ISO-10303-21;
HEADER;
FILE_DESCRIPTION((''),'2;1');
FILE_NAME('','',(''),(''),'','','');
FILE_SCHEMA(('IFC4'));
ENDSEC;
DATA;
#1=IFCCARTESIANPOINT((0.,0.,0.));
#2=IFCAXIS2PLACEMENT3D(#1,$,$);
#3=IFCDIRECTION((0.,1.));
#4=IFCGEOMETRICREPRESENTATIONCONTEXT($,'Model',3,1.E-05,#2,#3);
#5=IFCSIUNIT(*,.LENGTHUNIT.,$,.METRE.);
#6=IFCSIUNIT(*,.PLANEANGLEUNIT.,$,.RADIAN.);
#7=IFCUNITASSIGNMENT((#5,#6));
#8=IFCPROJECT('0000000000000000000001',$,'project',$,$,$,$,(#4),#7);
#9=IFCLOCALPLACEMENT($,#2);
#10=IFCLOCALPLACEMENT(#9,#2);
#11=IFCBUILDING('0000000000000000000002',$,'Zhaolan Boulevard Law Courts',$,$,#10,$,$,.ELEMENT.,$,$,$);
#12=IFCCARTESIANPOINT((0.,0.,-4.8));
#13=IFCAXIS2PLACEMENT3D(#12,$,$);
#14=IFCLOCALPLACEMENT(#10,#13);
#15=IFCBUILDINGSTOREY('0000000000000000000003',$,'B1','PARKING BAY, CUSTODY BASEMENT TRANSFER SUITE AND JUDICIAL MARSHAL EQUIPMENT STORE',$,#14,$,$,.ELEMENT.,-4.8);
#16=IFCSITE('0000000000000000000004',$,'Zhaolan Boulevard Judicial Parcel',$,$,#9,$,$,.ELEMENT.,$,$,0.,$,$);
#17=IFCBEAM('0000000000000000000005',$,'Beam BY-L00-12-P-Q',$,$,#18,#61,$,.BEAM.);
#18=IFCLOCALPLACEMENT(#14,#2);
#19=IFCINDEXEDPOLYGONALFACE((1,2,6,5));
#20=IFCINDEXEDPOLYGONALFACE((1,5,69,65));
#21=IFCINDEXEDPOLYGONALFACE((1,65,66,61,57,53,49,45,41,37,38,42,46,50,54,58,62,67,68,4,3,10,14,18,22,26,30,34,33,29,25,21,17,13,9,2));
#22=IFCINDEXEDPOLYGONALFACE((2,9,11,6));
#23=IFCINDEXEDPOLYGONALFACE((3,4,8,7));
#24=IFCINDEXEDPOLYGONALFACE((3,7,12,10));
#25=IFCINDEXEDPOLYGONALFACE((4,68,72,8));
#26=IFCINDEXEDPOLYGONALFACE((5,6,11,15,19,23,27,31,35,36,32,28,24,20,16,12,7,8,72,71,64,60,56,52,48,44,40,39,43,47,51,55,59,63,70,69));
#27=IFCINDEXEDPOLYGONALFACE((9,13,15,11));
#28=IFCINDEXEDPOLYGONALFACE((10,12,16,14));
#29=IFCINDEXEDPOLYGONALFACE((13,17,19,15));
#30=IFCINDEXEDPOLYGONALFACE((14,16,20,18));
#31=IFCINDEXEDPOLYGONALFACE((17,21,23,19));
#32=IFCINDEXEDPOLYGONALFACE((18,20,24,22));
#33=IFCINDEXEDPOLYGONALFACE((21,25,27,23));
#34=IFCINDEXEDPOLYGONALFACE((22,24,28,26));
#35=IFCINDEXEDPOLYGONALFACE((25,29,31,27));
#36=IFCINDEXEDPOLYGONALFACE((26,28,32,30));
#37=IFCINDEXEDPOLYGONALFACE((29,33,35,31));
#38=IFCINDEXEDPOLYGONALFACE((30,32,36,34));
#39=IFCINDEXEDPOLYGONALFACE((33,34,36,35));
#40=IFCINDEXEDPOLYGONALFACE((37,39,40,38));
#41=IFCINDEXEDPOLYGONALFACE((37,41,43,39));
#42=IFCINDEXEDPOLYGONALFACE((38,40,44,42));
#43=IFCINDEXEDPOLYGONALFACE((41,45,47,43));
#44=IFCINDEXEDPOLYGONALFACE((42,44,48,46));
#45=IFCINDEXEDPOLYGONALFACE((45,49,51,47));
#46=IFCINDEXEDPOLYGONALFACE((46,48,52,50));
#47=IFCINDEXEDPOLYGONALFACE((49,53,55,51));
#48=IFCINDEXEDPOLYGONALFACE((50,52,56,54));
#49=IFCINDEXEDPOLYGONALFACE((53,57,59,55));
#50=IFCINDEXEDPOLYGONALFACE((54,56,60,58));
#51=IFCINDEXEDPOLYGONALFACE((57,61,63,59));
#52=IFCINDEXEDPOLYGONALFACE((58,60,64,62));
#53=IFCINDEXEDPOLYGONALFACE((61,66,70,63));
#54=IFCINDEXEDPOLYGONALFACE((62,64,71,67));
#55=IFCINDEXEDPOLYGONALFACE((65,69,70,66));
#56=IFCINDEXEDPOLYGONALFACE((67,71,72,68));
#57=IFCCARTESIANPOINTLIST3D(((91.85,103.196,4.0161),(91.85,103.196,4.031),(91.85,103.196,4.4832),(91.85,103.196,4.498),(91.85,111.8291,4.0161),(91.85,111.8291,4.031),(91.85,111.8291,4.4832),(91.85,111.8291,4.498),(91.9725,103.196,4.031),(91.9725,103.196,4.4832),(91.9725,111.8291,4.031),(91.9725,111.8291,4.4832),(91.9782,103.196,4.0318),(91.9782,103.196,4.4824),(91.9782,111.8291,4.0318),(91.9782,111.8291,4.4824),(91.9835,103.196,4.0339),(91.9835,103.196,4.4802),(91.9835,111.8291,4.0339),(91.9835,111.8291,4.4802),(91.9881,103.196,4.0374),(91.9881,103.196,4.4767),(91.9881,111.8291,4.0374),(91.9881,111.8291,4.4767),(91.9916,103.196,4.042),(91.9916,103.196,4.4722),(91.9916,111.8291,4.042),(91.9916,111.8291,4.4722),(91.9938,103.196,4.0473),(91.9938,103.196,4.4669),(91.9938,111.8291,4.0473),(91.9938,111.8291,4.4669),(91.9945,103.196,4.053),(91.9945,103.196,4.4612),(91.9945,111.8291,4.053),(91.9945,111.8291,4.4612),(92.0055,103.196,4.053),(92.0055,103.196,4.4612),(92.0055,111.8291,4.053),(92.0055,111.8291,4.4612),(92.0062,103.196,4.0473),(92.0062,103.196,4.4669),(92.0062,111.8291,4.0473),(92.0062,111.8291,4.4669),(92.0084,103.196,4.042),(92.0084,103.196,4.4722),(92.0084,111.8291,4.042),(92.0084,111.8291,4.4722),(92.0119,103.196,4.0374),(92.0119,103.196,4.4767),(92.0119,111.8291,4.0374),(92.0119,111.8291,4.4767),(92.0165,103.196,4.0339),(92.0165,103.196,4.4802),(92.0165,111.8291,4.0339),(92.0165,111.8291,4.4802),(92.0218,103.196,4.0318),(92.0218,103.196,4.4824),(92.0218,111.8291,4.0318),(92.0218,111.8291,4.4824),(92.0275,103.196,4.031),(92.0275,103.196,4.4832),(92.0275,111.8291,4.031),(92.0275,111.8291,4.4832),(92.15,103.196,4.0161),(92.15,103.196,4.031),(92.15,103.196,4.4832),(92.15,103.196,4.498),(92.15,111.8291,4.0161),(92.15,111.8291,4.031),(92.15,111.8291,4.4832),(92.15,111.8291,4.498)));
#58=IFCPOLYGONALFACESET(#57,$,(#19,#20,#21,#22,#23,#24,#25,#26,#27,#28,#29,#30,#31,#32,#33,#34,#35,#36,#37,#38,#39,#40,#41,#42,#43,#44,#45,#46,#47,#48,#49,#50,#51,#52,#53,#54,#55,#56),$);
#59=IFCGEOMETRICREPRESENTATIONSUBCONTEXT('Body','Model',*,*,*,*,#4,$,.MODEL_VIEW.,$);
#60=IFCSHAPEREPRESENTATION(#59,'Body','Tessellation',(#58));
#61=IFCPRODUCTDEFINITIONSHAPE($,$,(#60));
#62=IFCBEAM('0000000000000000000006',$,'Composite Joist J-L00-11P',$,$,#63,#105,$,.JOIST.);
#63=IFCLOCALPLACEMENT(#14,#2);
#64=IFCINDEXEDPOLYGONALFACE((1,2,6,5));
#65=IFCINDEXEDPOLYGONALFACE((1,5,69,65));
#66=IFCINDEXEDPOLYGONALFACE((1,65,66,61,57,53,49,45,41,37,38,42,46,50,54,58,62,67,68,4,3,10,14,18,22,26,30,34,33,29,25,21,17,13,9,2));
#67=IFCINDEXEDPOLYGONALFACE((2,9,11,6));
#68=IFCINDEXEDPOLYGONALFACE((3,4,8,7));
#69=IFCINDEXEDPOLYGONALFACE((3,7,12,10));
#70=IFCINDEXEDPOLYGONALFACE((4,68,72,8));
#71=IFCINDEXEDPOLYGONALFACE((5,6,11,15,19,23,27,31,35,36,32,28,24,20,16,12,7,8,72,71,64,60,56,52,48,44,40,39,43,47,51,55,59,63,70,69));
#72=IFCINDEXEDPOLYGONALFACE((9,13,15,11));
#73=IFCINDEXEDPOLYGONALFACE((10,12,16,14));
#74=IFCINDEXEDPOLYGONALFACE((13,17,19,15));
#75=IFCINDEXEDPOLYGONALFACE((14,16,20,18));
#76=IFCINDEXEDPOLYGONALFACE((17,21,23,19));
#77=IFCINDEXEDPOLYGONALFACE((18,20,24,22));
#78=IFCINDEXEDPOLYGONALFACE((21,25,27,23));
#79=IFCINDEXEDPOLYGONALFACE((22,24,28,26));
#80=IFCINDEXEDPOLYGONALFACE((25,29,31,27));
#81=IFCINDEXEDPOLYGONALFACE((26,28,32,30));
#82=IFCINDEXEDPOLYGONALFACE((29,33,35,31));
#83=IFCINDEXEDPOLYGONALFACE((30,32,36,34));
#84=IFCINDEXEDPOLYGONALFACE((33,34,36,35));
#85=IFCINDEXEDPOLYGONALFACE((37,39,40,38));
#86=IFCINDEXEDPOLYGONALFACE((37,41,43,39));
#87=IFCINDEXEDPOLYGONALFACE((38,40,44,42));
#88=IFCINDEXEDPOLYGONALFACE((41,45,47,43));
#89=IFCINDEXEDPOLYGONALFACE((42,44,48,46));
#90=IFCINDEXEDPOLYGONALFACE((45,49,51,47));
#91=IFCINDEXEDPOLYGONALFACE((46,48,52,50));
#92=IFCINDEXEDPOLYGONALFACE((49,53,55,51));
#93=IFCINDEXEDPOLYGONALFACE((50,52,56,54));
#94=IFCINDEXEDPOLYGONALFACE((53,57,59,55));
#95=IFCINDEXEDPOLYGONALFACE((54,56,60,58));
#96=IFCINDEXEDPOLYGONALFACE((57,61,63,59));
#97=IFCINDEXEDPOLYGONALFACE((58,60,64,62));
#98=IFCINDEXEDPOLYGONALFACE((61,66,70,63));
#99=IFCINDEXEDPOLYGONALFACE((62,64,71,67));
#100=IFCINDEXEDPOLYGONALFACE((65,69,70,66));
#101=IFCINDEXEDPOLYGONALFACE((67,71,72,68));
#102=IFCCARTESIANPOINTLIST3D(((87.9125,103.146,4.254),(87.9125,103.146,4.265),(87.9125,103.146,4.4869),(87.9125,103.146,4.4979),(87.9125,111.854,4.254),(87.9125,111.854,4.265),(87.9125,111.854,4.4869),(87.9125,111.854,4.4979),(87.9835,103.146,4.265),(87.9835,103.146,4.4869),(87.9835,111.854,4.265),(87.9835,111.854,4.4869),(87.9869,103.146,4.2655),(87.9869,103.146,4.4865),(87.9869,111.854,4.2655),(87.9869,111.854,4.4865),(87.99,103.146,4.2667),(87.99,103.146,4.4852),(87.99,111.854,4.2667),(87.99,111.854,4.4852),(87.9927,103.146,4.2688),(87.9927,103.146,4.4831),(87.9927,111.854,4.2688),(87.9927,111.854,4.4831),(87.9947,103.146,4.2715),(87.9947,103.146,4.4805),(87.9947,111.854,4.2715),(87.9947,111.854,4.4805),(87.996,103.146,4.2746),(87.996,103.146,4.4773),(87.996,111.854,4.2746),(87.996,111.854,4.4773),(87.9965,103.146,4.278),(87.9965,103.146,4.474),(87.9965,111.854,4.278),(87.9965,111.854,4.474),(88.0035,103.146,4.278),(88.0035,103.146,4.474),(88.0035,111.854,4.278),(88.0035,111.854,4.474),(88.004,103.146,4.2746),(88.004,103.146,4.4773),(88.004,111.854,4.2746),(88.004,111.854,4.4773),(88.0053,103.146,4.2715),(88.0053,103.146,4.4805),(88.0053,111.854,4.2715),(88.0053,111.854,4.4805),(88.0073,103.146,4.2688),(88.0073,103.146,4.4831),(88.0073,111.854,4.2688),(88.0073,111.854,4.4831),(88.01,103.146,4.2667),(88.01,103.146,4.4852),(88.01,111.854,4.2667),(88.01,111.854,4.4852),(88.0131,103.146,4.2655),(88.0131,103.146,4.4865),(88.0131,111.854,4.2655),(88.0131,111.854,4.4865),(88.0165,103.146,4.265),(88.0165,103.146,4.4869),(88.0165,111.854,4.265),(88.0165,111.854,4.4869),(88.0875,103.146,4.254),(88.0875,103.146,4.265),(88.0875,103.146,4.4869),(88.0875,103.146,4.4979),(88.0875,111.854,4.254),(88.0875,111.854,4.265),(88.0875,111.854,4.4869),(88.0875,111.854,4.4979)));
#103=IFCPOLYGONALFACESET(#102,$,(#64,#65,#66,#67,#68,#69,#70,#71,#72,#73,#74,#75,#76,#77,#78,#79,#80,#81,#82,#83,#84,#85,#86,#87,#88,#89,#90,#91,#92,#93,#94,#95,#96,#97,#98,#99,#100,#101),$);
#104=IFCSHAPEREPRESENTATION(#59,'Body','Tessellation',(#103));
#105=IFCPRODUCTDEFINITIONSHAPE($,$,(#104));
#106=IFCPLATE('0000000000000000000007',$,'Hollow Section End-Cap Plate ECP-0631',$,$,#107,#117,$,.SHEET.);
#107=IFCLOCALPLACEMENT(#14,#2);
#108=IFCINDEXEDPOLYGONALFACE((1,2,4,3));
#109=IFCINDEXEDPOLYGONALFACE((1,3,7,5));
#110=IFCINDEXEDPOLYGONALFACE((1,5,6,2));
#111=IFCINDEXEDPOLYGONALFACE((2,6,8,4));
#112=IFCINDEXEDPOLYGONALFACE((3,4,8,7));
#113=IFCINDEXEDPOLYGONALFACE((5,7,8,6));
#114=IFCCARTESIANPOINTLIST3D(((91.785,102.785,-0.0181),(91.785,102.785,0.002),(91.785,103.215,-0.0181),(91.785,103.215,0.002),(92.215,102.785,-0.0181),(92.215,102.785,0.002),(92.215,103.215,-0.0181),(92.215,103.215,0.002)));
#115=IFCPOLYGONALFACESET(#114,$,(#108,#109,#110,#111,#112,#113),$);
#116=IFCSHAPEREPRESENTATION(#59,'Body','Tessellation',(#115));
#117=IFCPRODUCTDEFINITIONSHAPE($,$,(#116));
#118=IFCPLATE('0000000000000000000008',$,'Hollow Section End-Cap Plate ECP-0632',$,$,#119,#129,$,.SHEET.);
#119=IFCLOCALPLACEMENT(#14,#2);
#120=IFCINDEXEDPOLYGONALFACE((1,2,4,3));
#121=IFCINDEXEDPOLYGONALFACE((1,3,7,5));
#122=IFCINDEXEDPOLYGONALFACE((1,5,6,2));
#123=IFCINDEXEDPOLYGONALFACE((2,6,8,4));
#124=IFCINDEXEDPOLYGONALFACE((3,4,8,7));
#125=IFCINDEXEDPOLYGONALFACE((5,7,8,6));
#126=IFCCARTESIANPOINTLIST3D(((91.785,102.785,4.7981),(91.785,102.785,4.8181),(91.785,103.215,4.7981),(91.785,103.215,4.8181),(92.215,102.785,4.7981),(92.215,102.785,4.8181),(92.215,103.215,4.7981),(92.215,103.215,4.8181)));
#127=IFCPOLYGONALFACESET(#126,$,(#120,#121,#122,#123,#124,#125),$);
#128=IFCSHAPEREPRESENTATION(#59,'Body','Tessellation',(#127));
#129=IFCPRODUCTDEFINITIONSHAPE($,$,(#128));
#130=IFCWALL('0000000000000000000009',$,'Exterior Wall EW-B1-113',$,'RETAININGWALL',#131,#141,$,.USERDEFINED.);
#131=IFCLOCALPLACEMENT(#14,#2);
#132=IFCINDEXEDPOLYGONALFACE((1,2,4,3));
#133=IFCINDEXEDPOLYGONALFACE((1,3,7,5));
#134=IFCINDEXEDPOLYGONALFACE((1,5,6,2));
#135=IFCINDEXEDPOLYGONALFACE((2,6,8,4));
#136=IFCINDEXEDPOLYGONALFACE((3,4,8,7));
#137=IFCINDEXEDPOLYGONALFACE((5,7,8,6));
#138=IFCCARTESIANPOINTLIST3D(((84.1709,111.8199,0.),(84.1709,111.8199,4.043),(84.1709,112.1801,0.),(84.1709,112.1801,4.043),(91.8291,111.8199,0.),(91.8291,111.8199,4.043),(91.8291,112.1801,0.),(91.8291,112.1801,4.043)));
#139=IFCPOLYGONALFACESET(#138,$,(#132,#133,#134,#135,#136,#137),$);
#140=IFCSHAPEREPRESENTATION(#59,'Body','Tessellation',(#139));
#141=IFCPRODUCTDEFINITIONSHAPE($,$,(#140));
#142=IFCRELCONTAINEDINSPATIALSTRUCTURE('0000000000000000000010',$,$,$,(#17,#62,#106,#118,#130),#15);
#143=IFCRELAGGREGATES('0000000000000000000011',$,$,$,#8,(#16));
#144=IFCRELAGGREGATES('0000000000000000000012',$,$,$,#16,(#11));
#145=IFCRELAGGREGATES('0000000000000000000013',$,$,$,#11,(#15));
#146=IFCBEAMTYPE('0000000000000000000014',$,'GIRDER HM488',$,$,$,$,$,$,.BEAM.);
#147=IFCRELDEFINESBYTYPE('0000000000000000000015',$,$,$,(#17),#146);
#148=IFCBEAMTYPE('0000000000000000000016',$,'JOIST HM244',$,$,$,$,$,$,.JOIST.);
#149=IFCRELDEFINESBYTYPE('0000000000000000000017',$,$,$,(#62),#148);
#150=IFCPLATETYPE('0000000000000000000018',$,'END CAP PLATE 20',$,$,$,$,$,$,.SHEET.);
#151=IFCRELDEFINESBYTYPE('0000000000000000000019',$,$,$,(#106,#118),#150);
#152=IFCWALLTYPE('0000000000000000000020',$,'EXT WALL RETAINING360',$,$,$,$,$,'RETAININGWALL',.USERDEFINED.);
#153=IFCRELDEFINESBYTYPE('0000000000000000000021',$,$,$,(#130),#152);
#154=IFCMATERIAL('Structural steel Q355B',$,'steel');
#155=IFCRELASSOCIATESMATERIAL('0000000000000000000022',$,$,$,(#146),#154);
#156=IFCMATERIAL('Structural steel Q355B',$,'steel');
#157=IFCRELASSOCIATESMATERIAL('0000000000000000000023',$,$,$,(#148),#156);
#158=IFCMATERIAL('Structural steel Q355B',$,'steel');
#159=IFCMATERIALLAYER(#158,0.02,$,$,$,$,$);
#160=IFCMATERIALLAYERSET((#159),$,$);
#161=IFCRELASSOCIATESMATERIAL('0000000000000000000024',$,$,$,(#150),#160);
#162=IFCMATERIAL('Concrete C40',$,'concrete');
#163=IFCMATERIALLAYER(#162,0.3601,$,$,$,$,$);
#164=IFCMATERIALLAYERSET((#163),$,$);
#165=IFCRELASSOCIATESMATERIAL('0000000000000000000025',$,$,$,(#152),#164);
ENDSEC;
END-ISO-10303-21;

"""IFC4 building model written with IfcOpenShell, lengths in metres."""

from ifc_helpers import new_model, si_unit, direction, frame, frame_2d, origin, origin_2d, place, context, subcontext, project, spatial, rectangle, i_section, extrude, material, layer, layer_set, material_profile, profile_set, type_object, element, save


model = new_model("IFC4")

# Units and contexts
model_context = context("Model", 3, precision=1e-05, world=origin(), true_north=direction((0.0, 1.0)))
body_context = subcontext(model_context, "Body", "Model", "MODEL_VIEW")
ifc_project = project(units=[si_unit("LENGTHUNIT", "METRE"), si_unit("PLANEANGLEUNIT", "RADIAN")], contexts=[model_context])

# Site, building, storey
site_placement = place(None, origin())
site = spatial("IfcSite", under=ifc_project, at=site_placement, Name="Zhaolan Boulevard Judicial Parcel", CompositionType="ELEMENT", RefElevation=0.0)
building_placement = place(site_placement, origin())
building = spatial("IfcBuilding", under=site, at=building_placement, Name="Zhaolan Boulevard Law Courts", CompositionType="ELEMENT")
storey_placement = place(building_placement, frame((0.0, 0.0, -4.8)))
storey = spatial("IfcBuildingStorey", under=building, at=storey_placement, Name="B1", Description="PARKING BAY, CUSTODY BASEMENT TRANSFER SUITE AND JUDICIAL MARSHAL EQUIPMENT STORE", CompositionType="ELEMENT", Elevation=-4.8)

# Beams
ifc_material_1 = material(Name="Structural steel Q355B", Category="steel")
ifc_material_profile_1 = material_profile(ifc_material_1, i_section(OverallWidth=0.3, OverallDepth=0.4819, WebThickness=0.011, FlangeThickness=0.0149, FilletRadius=0.022, at=origin_2d()), Name="HM482x300")
ifc_profile_set_1 = profile_set([ifc_material_profile_1], Name="Structural steel Q355B")
beam_type_1 = type_object("IfcBeamType", Name="GIRDER HM488", PredefinedType="BEAM", material=ifc_profile_set_1)
beam_1_placement = place(storey_placement, frame((92.0, 103.196, 4.2571), z_axis=(0.0, 1.0, 0.0), x_axis=(-1.0, 0.0, 0.0)))
element("IfcBeam", 1, at=beam_1_placement, inside=storey, type_object=beam_type_1, Name="Beam BY-L00-12-P-Q", PredefinedType="BEAM", context=body_context, shape_type="SweptSolid", body=[
    extrude(i_section(OverallWidth=0.3, OverallDepth=0.4819, WebThickness=0.011, FlangeThickness=0.0149, FilletRadius=0.022, at=origin_2d()), origin(), (0.0, 0.0, 1.0), 8.6331),
])
ifc_material_2 = material(Name="Structural steel Q355B", Category="steel")
ifc_material_profile_2 = material_profile(ifc_material_2, i_section(OverallWidth=0.175, OverallDepth=0.2439, WebThickness=0.0071, FlangeThickness=0.011, FilletRadius=0.0129, at=origin_2d()), Name="HM244x175")
ifc_profile_set_2 = profile_set([ifc_material_profile_2], Name="Structural steel Q355B")
beam_type_2 = type_object("IfcBeamType", Name="JOIST HM244", PredefinedType="JOIST", material=ifc_profile_set_2)
beam_2_placement = place(storey_placement, frame((88.0, 103.146, 4.376), z_axis=(0.0, 1.0, 0.0), x_axis=(-1.0, 0.0, 0.0)))
element("IfcBeam", 2, at=beam_2_placement, inside=storey, type_object=beam_type_2, Name="Composite Joist J-L00-11P", PredefinedType="JOIST", context=body_context, shape_type="SweptSolid", body=[
    extrude(i_section(OverallWidth=0.175, OverallDepth=0.2439, WebThickness=0.0071, FlangeThickness=0.011, FilletRadius=0.0129, at=origin_2d()), origin(), (0.0, 0.0, 1.0), 8.708),
])

# Plates
ifc_material_3 = material(Name="Structural steel Q355B", Category="steel")
ifc_layer_1 = layer(ifc_material_3, 0.02)
ifc_layer_set_1 = layer_set([ifc_layer_1])
plate_type = type_object("IfcPlateType", Name="END CAP PLATE 20", PredefinedType="SHEET", material=ifc_layer_set_1)
for number, where, z_axis, x_axis, name in (
    (3, (92.0, 103.0, -0.0181), (0.0, 0.0, 1.0), (1.0, 0.0, 0.0), "Hollow Section End-Cap Plate ECP-0631"),
    (4, (92.0, 103.0, 4.7981), (0.0, 0.0, 1.0), (1.0, 0.0, 0.0), "Hollow Section End-Cap Plate ECP-0632"),
):
    element("IfcPlate", number, at=place(storey_placement, frame(where, z_axis=z_axis, x_axis=x_axis)), inside=storey, type_object=plate_type, Name=name, PredefinedType="SHEET", context=body_context, shape_type="SweptSolid", body=[
        extrude(rectangle(XDim=0.4299, YDim=0.4299, at=origin_2d()), origin(), (0.0, 0.0, 1.0), 0.02),
    ])

# Wall
ifc_material_4 = material(Name="Concrete C40", Category="concrete")
ifc_layer_2 = layer(ifc_material_4, 0.3601)
ifc_layer_set_2 = layer_set([ifc_layer_2])
wall_type = type_object("IfcWallType", Name="EXT WALL RETAINING360", ElementType="RETAININGWALL", PredefinedType="USERDEFINED", material=ifc_layer_set_2)
wall_placement = place(storey_placement, frame((91.8291, 112.0, 0.0), z_axis=(0.0, 0.0, 1.0), x_axis=(-1.0, 0.0, 0.0)))
element("IfcWall", 5, at=wall_placement, inside=storey, type_object=wall_type, Name="Exterior Wall EW-B1-113", ObjectType="RETAININGWALL", PredefinedType="USERDEFINED", context=body_context, shape_type="SweptSolid", body=[
    extrude(rectangle(XDim=7.6582, YDim=0.3601, at=frame_2d((3.8291, 0.0))), origin(), (0.0, 0.0, 1.0), 4.043),
])

save(model, "model.ifc")
